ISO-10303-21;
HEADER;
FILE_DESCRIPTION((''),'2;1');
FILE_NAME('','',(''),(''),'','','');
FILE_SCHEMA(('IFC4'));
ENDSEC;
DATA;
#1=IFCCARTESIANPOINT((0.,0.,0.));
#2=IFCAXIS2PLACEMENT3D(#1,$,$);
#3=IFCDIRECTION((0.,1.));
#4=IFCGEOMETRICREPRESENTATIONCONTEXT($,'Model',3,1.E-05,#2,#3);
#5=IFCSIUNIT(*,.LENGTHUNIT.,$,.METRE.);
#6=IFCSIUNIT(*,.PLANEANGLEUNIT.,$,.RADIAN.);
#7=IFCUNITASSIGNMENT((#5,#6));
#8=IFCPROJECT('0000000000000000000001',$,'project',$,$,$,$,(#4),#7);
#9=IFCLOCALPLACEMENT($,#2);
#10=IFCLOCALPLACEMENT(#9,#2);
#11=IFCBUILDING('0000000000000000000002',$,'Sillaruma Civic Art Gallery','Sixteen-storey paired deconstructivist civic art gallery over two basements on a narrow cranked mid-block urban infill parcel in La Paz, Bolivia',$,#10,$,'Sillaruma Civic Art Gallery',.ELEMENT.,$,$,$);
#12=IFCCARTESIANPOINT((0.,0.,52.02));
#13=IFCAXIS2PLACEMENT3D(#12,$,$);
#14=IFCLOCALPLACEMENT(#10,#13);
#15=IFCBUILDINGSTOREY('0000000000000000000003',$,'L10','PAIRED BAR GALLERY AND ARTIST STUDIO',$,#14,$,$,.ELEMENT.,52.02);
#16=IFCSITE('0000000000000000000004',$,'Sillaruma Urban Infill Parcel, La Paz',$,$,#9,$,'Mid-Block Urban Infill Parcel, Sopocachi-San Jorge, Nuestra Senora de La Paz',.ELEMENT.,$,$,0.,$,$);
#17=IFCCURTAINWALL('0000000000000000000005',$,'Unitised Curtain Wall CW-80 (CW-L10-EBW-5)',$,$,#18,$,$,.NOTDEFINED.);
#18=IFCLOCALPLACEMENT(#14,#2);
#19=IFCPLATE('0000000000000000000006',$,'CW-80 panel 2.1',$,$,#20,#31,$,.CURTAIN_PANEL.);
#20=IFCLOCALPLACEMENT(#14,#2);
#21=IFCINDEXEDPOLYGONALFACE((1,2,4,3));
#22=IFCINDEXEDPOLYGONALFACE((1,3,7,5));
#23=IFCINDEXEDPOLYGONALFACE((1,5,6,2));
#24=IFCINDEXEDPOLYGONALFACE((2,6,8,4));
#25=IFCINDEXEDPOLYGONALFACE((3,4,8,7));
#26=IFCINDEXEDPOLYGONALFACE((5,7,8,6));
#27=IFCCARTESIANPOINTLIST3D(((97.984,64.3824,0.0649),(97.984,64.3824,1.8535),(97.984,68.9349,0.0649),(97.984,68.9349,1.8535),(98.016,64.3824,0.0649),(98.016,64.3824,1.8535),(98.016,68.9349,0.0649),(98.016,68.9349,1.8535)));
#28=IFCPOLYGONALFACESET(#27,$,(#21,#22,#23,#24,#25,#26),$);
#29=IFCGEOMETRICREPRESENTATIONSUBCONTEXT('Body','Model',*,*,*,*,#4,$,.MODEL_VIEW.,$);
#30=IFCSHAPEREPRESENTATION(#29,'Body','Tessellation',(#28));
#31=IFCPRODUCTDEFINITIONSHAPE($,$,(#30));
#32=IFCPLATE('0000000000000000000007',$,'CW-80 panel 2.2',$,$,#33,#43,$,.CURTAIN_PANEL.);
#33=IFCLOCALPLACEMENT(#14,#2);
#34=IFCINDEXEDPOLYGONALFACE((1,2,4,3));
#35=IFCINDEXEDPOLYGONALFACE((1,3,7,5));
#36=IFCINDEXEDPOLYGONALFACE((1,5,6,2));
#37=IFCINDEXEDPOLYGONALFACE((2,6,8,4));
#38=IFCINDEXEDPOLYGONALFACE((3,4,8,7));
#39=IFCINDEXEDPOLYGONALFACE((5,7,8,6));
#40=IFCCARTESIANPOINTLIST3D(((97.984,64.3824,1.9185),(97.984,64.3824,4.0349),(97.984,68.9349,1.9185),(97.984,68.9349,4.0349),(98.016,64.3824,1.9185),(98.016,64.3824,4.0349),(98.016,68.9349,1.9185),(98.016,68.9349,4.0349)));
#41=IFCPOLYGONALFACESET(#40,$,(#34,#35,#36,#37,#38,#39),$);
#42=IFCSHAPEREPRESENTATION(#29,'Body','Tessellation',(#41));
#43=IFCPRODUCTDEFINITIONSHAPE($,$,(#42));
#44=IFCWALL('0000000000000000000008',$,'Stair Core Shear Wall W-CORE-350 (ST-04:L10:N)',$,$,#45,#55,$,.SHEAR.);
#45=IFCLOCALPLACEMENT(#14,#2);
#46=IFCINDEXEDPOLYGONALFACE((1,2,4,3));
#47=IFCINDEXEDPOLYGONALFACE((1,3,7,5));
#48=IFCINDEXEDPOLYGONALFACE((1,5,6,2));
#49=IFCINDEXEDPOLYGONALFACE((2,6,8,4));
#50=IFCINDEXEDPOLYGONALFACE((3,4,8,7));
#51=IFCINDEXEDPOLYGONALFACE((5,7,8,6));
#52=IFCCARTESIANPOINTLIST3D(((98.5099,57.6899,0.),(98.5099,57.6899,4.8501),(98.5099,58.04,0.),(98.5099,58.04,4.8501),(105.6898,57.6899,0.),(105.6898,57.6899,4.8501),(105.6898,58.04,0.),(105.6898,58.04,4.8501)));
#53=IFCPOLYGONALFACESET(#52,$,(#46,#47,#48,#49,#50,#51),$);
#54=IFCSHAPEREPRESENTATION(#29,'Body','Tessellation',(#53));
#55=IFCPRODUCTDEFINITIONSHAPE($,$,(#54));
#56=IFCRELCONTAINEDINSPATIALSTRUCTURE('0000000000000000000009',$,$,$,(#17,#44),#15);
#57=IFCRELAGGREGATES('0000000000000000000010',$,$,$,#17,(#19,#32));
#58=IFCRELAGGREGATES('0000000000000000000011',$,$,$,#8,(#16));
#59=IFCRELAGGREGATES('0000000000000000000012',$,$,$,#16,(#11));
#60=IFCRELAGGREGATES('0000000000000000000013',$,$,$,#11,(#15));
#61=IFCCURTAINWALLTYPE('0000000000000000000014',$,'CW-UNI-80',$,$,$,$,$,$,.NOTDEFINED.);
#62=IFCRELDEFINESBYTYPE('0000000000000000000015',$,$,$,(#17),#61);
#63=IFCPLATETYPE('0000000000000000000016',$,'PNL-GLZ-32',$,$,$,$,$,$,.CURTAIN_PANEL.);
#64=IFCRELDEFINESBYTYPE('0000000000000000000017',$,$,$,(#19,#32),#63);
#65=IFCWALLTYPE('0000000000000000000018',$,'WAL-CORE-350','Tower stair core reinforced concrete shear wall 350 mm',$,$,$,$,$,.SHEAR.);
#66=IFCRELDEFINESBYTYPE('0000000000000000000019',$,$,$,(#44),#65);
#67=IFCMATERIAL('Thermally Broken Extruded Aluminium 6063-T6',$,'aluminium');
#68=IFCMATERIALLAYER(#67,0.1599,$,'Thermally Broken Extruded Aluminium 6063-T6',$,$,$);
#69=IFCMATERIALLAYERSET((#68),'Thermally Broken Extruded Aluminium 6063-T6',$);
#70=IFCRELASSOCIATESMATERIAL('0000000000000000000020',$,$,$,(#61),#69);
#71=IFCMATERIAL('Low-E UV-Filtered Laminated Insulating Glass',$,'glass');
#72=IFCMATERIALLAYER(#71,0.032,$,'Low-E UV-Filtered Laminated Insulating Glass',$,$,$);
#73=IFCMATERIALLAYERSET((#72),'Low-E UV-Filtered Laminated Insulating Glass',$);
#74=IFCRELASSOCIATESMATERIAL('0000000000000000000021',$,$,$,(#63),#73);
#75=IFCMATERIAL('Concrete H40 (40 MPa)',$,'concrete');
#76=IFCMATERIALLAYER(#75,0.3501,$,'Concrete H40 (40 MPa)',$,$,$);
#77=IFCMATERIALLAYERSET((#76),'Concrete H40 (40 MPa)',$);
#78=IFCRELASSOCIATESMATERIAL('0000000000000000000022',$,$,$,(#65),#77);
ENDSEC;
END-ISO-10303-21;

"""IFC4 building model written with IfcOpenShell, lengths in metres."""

from ifc_helpers import new_model, si_unit, direction, frame, frame_2d, origin, origin_2d, place, context, subcontext, project, spatial, rectangle, extrude, material, layer, layer_set, type_object, element, aggregate, save


model = new_model("IFC4")

# Units and contexts
model_context = context("Model", 3, precision=1e-05, world=origin(), true_north=direction((0.0, 1.0)))
body_context = subcontext(model_context, "Body", "Model", "MODEL_VIEW")
ifc_project = project(units=[si_unit("LENGTHUNIT", "METRE"), si_unit("PLANEANGLEUNIT", "RADIAN")], contexts=[model_context])

# Site, building, storey
site_placement = place(None, origin())
site = spatial("IfcSite", under=ifc_project, at=site_placement, Name="Sillaruma Urban Infill Parcel, La Paz", LongName="Mid-Block Urban Infill Parcel, Sopocachi-San Jorge, Nuestra Senora de La Paz", CompositionType="ELEMENT", RefElevation=0.0)
building_placement = place(site_placement, origin())
building = spatial("IfcBuilding", under=site, at=building_placement, Name="Sillaruma Civic Art Gallery", Description="Sixteen-storey paired deconstructivist civic art gallery over two basements on a narrow cranked mid-block urban infill parcel in La Paz, Bolivia", LongName="Sillaruma Civic Art Gallery", CompositionType="ELEMENT")
storey_placement = place(building_placement, frame((0.0, 0.0, 52.02)))
storey = spatial("IfcBuildingStorey", under=building, at=storey_placement, Name="L10", Description="PAIRED BAR GALLERY AND ARTIST STUDIO", CompositionType="ELEMENT", Elevation=52.02)

# Shared definitions
ifc_material_1 = material(Name="Concrete H40 (40 MPa)", Category="concrete")

# Curtain wall, plates
ifc_material_2 = material(Name="Thermally Broken Extruded Aluminium 6063-T6", Category="aluminium")
ifc_layer_1 = layer(ifc_material_2, 0.1599, Name="Thermally Broken Extruded Aluminium 6063-T6")
ifc_layer_set_1 = layer_set([ifc_layer_1], Name="Thermally Broken Extruded Aluminium 6063-T6")
curtain_wall_type = type_object("IfcCurtainWallType", Name="CW-UNI-80", PredefinedType="NOTDEFINED", material=ifc_layer_set_1)
curtain_wall_placement = place(storey_placement, origin())
curtain_wall = element("IfcCurtainWall", 1, at=curtain_wall_placement, inside=storey, type_object=curtain_wall_type, Name="Unitised Curtain Wall CW-80 (CW-L10-EBW-5)", PredefinedType="NOTDEFINED")
ifc_material_3 = material(Name="Low-E UV-Filtered Laminated Insulating Glass", Category="glass")
ifc_layer_2 = layer(ifc_material_3, 0.032, Name="Low-E UV-Filtered Laminated Insulating Glass")
ifc_layer_set_2 = layer_set([ifc_layer_2], Name="Low-E UV-Filtered Laminated Insulating Glass")
plate_type = type_object("IfcPlateType", Name="PNL-GLZ-32", PredefinedType="CURTAIN_PANEL", material=ifc_layer_set_2)
plate_1_placement = place(storey_placement, frame((98.0, 66.6587, 0.0649), z_axis=(0.0, 0.0, 1.0), x_axis=(0.0, 1.0, 0.0)))
plate_1 = element("IfcPlate", 2, at=plate_1_placement, type_object=plate_type, Name="CW-80 panel 2.1", PredefinedType="CURTAIN_PANEL", context=body_context, shape_type="SweptSolid", body=[
    extrude(rectangle(XDim=4.5525, YDim=0.032, at=origin_2d()), origin(), (0.0, 0.0, 1.0), 1.7886),
])
plate_2_placement = place(storey_placement, frame((98.0, 66.6587, 1.9185), z_axis=(0.0, 0.0, 1.0), x_axis=(0.0, 1.0, 0.0)))
plate_2 = element("IfcPlate", 3, at=plate_2_placement, type_object=plate_type, Name="CW-80 panel 2.2", PredefinedType="CURTAIN_PANEL", context=body_context, shape_type="SweptSolid", body=[
    extrude(rectangle(XDim=4.5525, YDim=0.032, at=origin_2d()), origin(), (0.0, 0.0, 1.0), 2.1165),
])
aggregate(curtain_wall, [plate_1, plate_2])

# Wall
ifc_layer_3 = layer(ifc_material_1, 0.3501, Name="Concrete H40 (40 MPa)")
ifc_layer_set_3 = layer_set([ifc_layer_3], Name="Concrete H40 (40 MPa)")
wall_type = type_object("IfcWallType", Name="WAL-CORE-350", Description="Tower stair core reinforced concrete shear wall 350 mm", PredefinedType="SHEAR", material=ifc_layer_set_3)
wall_placement = place(storey_placement, frame((98.51, 57.865, 0.0), z_axis=(0.0, 0.0, 1.0), x_axis=(1.0, 0.0, 0.0)))
element("IfcWall", 4, at=wall_placement, inside=storey, type_object=wall_type, Name="Stair Core Shear Wall W-CORE-350 (ST-04:L10:N)", PredefinedType="SHEAR", context=body_context, shape_type="SweptSolid", body=[
    extrude(rectangle(XDim=7.1799, YDim=0.3501, at=frame_2d((3.5898, 0.0))), origin(), (0.0, 0.0, 1.0), 4.8501),
])

save(model, "model.ifc")
